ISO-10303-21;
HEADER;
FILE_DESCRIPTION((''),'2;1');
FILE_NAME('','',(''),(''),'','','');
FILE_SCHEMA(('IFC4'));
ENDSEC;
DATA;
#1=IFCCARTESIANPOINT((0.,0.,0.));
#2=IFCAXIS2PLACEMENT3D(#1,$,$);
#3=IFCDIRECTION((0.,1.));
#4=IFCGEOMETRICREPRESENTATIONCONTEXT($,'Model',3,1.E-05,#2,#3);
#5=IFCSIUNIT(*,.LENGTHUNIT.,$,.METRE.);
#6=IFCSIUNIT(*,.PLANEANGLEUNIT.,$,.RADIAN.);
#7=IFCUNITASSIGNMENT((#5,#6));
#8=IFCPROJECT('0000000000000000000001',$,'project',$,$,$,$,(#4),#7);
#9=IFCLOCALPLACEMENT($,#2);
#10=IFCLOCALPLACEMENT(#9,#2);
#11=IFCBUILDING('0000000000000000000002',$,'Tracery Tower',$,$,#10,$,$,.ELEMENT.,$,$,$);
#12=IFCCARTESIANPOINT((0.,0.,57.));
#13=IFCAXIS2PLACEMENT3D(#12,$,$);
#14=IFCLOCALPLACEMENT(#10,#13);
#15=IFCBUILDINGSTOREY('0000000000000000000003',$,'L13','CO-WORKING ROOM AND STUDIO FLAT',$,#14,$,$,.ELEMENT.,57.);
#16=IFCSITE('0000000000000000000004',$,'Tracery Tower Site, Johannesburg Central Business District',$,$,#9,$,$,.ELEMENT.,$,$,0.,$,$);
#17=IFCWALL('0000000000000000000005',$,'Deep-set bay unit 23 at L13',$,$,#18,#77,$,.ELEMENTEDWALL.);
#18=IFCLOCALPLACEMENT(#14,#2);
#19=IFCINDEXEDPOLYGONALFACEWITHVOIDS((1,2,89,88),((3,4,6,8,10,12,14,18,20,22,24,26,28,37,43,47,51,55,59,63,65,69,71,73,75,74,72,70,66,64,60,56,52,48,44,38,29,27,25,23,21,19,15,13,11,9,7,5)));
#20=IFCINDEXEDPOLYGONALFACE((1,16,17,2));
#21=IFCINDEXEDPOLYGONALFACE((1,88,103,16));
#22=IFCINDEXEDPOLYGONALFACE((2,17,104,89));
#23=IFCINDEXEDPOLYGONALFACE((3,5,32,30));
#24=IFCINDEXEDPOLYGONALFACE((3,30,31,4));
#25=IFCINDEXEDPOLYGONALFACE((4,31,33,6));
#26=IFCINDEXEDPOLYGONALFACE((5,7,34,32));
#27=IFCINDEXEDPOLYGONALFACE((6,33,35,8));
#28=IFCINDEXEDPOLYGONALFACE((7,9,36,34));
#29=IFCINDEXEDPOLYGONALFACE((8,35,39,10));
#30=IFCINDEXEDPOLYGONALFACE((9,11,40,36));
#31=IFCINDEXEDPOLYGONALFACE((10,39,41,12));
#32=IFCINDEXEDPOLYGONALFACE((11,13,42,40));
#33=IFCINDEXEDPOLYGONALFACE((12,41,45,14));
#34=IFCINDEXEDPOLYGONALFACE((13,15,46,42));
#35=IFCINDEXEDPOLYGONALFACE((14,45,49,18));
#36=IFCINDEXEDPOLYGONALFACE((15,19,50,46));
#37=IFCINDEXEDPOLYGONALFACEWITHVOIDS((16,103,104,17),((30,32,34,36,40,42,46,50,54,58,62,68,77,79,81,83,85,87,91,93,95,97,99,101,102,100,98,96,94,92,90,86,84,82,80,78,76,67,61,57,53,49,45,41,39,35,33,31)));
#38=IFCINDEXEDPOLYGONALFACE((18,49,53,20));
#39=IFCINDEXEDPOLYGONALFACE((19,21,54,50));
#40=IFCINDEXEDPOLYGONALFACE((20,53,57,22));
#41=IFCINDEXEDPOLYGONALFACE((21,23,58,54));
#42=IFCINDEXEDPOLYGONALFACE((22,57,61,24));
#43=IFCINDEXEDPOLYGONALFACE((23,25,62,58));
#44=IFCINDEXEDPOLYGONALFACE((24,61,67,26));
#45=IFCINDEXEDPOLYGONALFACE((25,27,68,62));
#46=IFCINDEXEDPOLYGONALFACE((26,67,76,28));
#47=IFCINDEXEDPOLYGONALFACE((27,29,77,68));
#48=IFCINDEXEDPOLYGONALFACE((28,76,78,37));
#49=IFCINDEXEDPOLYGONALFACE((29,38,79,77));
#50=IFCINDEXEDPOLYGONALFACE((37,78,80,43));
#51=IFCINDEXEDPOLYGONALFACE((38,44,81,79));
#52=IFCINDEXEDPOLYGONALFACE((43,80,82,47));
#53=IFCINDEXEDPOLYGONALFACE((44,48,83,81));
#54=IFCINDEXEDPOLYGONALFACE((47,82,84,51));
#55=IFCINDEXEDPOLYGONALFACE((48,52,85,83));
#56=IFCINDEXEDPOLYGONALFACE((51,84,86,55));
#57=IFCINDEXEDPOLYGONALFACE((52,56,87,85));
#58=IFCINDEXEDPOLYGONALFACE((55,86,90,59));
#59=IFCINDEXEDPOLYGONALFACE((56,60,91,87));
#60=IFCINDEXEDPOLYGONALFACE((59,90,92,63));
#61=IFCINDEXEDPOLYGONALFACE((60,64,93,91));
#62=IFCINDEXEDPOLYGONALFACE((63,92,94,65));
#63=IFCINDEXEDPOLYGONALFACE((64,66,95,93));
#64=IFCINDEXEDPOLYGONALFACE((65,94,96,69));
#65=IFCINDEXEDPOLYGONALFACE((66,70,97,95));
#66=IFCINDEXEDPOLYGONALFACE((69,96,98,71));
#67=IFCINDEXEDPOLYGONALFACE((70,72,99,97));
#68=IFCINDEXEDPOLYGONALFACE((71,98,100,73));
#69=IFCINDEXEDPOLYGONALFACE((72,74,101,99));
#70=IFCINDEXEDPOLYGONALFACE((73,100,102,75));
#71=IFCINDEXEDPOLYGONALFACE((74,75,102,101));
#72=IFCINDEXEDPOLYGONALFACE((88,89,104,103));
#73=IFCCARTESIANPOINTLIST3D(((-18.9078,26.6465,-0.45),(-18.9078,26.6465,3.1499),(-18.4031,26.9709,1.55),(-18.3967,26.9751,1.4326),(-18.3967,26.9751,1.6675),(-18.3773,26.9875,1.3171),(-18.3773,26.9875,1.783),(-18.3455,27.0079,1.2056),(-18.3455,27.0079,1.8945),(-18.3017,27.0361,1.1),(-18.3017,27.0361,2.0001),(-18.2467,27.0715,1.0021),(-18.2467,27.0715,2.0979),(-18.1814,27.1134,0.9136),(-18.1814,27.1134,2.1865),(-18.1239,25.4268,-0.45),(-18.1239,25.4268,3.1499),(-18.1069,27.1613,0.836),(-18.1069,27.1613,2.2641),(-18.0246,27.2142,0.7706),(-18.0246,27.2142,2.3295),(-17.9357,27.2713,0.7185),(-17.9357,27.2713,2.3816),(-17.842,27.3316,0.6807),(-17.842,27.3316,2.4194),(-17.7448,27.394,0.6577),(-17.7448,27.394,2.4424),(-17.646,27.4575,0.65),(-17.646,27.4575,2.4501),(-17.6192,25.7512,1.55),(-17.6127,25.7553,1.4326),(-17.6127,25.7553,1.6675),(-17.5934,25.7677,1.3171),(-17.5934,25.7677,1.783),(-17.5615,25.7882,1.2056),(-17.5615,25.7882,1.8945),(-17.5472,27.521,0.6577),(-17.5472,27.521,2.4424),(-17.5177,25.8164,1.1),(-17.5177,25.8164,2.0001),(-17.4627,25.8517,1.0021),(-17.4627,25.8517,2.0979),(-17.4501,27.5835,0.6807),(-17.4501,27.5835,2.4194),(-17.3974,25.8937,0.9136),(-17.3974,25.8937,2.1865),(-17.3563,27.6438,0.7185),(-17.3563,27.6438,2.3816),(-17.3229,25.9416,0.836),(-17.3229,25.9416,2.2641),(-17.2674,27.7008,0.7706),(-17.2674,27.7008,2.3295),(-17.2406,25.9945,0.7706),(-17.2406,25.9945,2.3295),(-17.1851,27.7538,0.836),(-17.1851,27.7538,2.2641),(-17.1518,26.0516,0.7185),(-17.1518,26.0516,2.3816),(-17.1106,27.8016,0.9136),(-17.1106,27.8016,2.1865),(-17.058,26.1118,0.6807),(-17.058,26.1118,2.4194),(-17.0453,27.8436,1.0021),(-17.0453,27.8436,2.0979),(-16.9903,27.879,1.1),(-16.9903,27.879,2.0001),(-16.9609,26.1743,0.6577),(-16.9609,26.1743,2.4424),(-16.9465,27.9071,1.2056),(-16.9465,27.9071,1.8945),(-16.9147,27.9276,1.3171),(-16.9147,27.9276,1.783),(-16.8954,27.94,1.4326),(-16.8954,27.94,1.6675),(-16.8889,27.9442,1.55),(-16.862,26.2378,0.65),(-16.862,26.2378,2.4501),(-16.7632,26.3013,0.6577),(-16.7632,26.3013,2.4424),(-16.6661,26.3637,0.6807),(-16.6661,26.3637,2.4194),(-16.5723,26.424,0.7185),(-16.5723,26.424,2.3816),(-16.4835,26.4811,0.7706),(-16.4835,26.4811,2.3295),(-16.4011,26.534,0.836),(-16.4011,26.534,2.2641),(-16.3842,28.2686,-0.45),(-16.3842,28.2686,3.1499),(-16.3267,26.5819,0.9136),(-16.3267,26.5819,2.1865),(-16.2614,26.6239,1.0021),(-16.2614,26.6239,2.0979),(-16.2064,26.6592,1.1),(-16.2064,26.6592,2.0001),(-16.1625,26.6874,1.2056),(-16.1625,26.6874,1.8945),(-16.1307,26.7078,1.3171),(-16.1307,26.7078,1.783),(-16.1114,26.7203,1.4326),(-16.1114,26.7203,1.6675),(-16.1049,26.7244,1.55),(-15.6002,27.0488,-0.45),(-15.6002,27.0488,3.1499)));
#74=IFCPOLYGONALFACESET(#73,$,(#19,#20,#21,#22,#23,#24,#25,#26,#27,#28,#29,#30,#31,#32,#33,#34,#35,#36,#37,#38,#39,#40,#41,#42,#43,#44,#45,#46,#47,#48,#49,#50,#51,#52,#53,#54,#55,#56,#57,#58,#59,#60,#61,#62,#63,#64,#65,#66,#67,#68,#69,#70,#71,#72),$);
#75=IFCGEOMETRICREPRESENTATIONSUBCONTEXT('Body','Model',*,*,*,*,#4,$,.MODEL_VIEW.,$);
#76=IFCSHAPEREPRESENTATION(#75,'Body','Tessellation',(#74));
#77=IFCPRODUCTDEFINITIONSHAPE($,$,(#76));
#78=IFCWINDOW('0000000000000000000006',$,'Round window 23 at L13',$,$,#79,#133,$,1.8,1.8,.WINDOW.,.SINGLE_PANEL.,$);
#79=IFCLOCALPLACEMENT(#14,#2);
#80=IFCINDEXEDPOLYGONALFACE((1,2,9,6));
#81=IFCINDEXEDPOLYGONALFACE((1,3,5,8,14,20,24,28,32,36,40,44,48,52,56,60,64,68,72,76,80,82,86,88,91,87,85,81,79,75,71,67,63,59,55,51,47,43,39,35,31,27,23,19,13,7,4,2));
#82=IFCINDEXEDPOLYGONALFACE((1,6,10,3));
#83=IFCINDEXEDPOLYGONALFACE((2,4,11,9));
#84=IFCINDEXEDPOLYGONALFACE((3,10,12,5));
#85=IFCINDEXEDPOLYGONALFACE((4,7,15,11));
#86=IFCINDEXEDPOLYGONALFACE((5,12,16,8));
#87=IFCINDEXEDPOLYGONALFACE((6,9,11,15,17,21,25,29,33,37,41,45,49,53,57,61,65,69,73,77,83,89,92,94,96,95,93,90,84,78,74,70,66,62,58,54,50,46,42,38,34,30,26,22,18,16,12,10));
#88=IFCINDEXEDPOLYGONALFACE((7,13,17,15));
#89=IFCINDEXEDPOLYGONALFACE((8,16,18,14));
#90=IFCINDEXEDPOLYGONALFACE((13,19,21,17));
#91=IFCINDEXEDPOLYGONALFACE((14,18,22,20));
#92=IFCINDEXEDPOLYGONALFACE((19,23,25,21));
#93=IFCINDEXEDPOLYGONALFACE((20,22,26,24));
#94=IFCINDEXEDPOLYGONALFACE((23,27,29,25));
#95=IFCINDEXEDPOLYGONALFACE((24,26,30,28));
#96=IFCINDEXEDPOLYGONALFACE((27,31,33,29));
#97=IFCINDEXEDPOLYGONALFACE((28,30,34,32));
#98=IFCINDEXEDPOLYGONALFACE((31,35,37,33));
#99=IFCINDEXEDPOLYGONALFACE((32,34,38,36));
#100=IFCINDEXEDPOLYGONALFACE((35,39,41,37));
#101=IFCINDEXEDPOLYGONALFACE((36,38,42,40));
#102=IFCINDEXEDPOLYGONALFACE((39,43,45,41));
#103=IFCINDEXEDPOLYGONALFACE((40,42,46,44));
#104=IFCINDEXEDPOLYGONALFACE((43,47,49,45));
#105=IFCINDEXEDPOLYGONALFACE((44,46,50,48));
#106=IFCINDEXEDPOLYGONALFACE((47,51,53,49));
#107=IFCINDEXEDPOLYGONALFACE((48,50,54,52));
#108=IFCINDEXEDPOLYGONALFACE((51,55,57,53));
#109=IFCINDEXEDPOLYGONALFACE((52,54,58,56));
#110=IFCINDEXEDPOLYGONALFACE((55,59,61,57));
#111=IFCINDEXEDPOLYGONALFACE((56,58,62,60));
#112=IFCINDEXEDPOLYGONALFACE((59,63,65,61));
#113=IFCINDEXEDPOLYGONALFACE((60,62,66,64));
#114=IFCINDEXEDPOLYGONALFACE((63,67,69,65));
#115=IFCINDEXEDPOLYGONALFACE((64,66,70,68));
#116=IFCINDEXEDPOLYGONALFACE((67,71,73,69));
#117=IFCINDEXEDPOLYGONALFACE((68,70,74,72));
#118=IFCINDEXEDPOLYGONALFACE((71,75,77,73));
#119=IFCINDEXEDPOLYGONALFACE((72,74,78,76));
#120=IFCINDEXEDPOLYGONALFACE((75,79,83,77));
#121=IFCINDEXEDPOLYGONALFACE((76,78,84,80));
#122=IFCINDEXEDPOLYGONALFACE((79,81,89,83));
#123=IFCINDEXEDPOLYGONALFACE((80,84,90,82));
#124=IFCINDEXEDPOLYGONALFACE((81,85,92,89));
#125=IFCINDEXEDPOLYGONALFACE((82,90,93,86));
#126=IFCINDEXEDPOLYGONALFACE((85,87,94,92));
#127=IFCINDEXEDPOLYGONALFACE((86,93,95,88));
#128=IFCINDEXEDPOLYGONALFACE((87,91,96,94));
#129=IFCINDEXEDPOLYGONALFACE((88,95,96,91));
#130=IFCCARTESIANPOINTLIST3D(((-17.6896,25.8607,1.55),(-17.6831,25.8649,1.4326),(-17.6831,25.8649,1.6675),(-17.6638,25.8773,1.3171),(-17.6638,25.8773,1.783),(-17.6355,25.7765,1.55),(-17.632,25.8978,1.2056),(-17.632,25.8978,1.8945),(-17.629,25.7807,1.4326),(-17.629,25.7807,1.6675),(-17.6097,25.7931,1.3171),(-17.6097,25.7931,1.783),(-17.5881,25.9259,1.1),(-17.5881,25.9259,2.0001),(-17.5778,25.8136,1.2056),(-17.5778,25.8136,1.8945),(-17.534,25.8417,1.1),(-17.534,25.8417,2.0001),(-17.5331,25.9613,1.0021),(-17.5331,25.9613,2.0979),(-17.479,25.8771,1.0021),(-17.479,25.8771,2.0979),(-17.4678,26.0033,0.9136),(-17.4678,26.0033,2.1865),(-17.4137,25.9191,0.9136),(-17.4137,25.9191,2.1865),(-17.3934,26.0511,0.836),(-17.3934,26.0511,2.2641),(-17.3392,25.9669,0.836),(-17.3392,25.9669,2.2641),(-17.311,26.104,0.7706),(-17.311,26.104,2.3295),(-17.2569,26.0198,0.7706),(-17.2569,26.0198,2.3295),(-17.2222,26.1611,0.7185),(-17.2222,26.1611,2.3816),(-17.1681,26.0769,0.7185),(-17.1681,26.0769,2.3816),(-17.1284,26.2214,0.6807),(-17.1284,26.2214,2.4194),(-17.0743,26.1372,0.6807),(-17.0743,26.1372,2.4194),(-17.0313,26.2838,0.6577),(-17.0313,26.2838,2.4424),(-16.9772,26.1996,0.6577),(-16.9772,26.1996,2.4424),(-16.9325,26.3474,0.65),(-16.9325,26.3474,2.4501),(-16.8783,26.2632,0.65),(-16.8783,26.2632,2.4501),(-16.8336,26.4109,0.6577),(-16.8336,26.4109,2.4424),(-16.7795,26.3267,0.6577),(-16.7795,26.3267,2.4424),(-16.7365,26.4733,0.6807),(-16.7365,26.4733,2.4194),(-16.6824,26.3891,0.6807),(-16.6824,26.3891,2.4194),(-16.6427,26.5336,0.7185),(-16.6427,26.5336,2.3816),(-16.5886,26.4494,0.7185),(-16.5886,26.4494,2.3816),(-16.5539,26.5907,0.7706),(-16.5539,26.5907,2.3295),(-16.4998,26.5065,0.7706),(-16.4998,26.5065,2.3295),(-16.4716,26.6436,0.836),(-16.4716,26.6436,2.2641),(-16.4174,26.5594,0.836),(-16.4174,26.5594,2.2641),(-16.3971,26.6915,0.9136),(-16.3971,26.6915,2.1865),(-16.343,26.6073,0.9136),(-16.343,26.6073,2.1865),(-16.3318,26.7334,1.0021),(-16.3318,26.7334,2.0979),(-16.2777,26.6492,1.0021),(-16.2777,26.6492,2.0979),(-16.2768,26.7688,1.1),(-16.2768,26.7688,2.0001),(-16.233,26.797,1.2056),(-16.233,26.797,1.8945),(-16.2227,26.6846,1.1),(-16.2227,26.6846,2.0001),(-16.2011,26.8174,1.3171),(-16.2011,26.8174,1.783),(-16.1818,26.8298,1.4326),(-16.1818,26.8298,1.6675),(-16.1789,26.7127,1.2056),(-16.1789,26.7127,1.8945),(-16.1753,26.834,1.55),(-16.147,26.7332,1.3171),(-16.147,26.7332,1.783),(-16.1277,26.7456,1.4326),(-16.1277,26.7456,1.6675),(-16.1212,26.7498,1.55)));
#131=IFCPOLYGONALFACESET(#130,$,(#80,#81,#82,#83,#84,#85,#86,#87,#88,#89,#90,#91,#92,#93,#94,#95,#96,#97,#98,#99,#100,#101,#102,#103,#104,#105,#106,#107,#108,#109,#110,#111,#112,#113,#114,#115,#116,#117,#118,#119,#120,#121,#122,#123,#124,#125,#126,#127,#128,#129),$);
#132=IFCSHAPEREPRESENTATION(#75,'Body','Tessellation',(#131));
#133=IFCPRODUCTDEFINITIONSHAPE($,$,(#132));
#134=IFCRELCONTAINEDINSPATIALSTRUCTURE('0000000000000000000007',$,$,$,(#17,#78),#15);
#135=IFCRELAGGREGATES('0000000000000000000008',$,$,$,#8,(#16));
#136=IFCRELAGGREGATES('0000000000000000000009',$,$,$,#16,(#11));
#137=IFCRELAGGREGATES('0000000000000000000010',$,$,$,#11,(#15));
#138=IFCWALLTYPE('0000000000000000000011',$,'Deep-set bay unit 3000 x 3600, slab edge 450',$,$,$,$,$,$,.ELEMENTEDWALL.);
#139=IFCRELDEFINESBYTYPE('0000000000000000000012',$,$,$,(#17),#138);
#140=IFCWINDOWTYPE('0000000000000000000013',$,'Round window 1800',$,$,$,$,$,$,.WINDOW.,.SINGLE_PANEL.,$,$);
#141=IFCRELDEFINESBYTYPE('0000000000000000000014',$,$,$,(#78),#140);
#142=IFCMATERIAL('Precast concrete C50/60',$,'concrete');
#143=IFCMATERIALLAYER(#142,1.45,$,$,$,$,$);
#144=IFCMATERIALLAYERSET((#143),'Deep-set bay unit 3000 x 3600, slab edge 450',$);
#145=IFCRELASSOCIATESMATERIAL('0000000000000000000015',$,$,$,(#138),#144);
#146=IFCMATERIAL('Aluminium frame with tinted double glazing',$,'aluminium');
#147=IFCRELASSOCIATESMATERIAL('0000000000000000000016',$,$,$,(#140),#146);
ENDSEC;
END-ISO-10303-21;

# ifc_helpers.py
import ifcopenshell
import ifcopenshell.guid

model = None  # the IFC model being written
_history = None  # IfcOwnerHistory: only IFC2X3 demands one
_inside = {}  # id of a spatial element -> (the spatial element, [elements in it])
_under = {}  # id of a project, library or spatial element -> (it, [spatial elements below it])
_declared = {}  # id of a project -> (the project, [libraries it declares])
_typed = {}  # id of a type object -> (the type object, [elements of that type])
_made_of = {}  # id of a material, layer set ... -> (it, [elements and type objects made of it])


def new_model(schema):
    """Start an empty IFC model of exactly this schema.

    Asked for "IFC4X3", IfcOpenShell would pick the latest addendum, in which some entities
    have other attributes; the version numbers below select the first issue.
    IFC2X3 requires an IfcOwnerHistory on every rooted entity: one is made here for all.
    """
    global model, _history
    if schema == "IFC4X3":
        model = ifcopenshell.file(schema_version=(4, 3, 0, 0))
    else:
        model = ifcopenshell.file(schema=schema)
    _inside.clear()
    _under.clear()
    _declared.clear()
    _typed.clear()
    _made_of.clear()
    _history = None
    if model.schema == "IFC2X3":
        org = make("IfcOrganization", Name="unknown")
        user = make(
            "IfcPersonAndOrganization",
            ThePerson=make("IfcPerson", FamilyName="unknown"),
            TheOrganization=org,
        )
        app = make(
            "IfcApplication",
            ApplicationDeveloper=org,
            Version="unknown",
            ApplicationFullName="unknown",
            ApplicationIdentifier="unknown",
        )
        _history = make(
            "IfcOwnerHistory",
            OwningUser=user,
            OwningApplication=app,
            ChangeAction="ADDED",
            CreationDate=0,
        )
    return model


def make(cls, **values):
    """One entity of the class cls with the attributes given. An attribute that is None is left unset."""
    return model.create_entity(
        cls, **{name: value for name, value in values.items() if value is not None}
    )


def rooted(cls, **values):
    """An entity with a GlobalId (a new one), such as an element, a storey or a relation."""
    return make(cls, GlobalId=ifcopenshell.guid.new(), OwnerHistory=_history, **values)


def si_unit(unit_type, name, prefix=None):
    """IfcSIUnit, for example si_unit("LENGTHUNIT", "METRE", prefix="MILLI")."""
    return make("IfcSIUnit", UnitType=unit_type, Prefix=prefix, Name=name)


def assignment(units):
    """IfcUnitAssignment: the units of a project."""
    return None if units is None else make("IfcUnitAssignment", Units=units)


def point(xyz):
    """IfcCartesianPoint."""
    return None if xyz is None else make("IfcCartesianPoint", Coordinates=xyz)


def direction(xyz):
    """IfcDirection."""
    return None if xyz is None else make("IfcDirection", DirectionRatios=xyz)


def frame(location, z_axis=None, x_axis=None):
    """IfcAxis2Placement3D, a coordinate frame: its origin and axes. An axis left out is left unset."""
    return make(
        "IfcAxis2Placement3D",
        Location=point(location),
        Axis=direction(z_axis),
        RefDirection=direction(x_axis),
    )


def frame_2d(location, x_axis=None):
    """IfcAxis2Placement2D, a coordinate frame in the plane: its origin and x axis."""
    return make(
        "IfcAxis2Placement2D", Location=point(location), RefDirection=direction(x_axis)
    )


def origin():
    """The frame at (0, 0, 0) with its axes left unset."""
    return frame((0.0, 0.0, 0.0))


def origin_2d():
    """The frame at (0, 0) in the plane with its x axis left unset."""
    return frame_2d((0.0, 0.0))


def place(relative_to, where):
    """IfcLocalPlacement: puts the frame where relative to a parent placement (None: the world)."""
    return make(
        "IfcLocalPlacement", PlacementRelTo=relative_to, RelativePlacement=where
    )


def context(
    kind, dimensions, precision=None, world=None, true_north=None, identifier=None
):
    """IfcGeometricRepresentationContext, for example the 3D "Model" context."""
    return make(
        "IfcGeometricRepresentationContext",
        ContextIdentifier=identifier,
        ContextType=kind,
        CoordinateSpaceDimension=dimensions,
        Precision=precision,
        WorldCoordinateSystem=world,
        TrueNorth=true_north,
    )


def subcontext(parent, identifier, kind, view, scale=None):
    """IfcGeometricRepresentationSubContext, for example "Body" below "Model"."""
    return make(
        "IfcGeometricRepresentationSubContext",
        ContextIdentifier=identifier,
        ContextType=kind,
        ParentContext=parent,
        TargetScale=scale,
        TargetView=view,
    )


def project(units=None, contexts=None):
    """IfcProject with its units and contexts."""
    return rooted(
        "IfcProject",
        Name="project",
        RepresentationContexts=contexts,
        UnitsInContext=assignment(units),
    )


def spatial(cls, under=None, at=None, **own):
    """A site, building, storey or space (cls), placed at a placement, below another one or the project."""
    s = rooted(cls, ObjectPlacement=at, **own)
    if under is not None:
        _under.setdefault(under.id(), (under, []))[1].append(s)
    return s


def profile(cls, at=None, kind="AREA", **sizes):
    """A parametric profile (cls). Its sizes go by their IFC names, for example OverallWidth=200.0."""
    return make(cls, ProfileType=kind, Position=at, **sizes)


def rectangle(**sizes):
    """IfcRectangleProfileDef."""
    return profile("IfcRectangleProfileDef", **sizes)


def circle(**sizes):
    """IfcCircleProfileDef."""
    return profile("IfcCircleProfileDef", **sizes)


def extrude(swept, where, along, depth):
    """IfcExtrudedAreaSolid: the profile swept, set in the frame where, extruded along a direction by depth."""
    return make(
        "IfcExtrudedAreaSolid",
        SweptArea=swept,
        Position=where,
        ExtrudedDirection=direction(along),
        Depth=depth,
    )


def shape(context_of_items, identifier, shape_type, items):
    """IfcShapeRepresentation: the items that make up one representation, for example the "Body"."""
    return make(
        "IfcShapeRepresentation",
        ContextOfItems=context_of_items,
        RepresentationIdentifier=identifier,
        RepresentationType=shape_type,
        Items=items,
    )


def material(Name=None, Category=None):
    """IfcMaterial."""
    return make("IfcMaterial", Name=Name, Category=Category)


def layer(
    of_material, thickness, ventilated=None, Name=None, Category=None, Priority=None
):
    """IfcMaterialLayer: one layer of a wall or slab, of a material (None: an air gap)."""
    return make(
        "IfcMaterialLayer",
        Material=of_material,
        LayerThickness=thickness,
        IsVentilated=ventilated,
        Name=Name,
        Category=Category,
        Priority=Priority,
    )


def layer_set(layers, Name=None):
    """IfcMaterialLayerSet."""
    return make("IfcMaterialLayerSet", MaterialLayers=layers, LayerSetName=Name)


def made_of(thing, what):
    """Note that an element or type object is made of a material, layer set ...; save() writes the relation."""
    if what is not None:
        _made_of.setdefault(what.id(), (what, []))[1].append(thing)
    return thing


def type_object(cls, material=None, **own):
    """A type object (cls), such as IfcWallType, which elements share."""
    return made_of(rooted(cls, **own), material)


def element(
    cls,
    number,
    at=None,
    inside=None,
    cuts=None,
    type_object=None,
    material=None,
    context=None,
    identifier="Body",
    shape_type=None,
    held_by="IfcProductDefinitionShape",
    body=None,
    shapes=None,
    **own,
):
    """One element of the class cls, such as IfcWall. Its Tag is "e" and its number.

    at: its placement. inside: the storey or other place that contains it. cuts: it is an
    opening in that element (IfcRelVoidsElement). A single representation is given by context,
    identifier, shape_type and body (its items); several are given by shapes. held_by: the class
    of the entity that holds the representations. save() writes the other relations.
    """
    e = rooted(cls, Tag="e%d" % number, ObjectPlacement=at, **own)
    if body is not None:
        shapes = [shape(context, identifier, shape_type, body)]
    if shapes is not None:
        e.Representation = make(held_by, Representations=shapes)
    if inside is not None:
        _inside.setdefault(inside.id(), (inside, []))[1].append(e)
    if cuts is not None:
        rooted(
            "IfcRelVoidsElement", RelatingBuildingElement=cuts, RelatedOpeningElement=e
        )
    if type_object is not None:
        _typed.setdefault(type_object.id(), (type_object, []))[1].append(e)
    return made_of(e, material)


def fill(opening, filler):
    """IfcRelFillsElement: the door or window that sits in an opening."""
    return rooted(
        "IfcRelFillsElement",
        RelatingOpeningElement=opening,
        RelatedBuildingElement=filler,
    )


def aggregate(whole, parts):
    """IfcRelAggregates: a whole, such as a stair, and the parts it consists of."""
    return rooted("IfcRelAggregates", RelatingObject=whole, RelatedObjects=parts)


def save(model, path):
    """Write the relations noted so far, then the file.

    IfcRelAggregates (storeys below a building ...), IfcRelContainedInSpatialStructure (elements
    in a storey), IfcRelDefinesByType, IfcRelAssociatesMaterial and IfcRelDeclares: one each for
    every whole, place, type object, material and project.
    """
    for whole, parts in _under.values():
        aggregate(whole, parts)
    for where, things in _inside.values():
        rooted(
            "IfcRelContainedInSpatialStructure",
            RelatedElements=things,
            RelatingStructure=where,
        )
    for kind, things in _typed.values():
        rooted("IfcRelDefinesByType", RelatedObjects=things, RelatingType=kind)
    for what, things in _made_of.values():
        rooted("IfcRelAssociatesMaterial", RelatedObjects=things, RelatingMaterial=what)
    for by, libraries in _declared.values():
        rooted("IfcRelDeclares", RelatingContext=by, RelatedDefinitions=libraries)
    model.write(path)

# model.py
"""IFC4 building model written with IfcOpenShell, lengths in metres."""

from ifc_helpers import new_model, si_unit, direction, frame, frame_2d, origin, origin_2d, place, context, subcontext, project, spatial, rectangle, circle, extrude, material, layer, layer_set, type_object, element, fill, save


model = new_model("IFC4")

# Units and contexts
model_context = context("Model", 3, precision=1e-05, world=origin(), true_north=direction((0.0, 1.0)))
body_context = subcontext(model_context, "Body", "Model", "MODEL_VIEW")
ifc_project = project(units=[si_unit("LENGTHUNIT", "METRE"), si_unit("PLANEANGLEUNIT", "RADIAN")], contexts=[model_context])

# Site, building, storey
site_placement = place(None, origin())
site = spatial("IfcSite", under=ifc_project, at=site_placement, Name="Tracery Tower Site, Johannesburg Central Business District", CompositionType="ELEMENT", RefElevation=0.0)
building_placement = place(site_placement, origin())
building = spatial("IfcBuilding", under=site, at=building_placement, Name="Tracery Tower", CompositionType="ELEMENT")
storey_placement = place(building_placement, frame((0.0, 0.0, 57.0)))
storey = spatial("IfcBuildingStorey", under=building, at=storey_placement, Name="L13", Description="CO-WORKING ROOM AND STUDIO FLAT", CompositionType="ELEMENT", Elevation=57.0)

# Wall, opening, window
ifc_material_1 = material(Name="Precast concrete C50/60", Category="concrete")
ifc_layer_1 = layer(ifc_material_1, 1.45)
ifc_layer_set_1 = layer_set([ifc_layer_1], Name="Deep-set bay unit 3000 x 3600, slab edge 450")
wall_type_1 = type_object("IfcWallType", Name="Deep-set bay unit 3000 x 3600, slab edge 450", PredefinedType="ELEMENTEDWALL", material=ifc_layer_set_1)
wall_1_placement = place(storey_placement, frame((-15.9922, 27.6587, -0.45), z_axis=(0.0, 0.0, 1.0), x_axis=(-0.841223, -0.540688, 0.0)))
wall_1 = element("IfcWall", 1, at=wall_1_placement, inside=storey, type_object=wall_type_1, Name="Deep-set bay unit 23 at L13", PredefinedType="ELEMENTEDWALL", context=body_context, shape_type="SweptSolid", body=[
    extrude(rectangle(XDim=3.0, YDim=1.45, at=frame_2d((1.5, 0.0))), origin(), (0.0, 0.0, 1.0), 3.5999),
])
opening_1_placement = place(wall_1_placement, frame((1.5, 0.0, 2.0)))
opening_1 = element("IfcOpeningElement", 2, at=opening_1_placement, cuts=wall_1, PredefinedType="OPENING", context=body_context, shape_type="SweptSolid", body=[
    extrude(circle(Radius=0.9, at=origin_2d()), frame((0.0, 0.7349, 0.0), z_axis=(0.0, -1.0, 0.0), x_axis=(1.0, 0.0, 0.0)), (0.0, 0.0, 1.0), 1.47),
])
ifc_material_2 = material(Name="Aluminium frame with tinted double glazing", Category="aluminium")
window_type = type_object("IfcWindowType", Name="Round window 1800", PartitioningType="SINGLE_PANEL", PredefinedType="WINDOW", material=ifc_material_2)
window_1_placement = place(opening_1_placement, origin())
window_1 = element("IfcWindow", 3, at=window_1_placement, inside=storey, type_object=window_type, Name="Round window 23 at L13", OverallHeight=1.8, OverallWidth=1.8, PartitioningType="SINGLE_PANEL", PredefinedType="WINDOW", context=body_context, shape_type="SweptSolid", body=[
    extrude(circle(Radius=0.9, at=origin_2d()), frame((0.0, 0.6948, 0.0), z_axis=(0.0, -1.0, 0.0), x_axis=(1.0, 0.0, 0.0)), (0.0, 0.0, 1.0), 0.1001),
])
fill(opening_1, window_1)

save(model, "model.ifc")
